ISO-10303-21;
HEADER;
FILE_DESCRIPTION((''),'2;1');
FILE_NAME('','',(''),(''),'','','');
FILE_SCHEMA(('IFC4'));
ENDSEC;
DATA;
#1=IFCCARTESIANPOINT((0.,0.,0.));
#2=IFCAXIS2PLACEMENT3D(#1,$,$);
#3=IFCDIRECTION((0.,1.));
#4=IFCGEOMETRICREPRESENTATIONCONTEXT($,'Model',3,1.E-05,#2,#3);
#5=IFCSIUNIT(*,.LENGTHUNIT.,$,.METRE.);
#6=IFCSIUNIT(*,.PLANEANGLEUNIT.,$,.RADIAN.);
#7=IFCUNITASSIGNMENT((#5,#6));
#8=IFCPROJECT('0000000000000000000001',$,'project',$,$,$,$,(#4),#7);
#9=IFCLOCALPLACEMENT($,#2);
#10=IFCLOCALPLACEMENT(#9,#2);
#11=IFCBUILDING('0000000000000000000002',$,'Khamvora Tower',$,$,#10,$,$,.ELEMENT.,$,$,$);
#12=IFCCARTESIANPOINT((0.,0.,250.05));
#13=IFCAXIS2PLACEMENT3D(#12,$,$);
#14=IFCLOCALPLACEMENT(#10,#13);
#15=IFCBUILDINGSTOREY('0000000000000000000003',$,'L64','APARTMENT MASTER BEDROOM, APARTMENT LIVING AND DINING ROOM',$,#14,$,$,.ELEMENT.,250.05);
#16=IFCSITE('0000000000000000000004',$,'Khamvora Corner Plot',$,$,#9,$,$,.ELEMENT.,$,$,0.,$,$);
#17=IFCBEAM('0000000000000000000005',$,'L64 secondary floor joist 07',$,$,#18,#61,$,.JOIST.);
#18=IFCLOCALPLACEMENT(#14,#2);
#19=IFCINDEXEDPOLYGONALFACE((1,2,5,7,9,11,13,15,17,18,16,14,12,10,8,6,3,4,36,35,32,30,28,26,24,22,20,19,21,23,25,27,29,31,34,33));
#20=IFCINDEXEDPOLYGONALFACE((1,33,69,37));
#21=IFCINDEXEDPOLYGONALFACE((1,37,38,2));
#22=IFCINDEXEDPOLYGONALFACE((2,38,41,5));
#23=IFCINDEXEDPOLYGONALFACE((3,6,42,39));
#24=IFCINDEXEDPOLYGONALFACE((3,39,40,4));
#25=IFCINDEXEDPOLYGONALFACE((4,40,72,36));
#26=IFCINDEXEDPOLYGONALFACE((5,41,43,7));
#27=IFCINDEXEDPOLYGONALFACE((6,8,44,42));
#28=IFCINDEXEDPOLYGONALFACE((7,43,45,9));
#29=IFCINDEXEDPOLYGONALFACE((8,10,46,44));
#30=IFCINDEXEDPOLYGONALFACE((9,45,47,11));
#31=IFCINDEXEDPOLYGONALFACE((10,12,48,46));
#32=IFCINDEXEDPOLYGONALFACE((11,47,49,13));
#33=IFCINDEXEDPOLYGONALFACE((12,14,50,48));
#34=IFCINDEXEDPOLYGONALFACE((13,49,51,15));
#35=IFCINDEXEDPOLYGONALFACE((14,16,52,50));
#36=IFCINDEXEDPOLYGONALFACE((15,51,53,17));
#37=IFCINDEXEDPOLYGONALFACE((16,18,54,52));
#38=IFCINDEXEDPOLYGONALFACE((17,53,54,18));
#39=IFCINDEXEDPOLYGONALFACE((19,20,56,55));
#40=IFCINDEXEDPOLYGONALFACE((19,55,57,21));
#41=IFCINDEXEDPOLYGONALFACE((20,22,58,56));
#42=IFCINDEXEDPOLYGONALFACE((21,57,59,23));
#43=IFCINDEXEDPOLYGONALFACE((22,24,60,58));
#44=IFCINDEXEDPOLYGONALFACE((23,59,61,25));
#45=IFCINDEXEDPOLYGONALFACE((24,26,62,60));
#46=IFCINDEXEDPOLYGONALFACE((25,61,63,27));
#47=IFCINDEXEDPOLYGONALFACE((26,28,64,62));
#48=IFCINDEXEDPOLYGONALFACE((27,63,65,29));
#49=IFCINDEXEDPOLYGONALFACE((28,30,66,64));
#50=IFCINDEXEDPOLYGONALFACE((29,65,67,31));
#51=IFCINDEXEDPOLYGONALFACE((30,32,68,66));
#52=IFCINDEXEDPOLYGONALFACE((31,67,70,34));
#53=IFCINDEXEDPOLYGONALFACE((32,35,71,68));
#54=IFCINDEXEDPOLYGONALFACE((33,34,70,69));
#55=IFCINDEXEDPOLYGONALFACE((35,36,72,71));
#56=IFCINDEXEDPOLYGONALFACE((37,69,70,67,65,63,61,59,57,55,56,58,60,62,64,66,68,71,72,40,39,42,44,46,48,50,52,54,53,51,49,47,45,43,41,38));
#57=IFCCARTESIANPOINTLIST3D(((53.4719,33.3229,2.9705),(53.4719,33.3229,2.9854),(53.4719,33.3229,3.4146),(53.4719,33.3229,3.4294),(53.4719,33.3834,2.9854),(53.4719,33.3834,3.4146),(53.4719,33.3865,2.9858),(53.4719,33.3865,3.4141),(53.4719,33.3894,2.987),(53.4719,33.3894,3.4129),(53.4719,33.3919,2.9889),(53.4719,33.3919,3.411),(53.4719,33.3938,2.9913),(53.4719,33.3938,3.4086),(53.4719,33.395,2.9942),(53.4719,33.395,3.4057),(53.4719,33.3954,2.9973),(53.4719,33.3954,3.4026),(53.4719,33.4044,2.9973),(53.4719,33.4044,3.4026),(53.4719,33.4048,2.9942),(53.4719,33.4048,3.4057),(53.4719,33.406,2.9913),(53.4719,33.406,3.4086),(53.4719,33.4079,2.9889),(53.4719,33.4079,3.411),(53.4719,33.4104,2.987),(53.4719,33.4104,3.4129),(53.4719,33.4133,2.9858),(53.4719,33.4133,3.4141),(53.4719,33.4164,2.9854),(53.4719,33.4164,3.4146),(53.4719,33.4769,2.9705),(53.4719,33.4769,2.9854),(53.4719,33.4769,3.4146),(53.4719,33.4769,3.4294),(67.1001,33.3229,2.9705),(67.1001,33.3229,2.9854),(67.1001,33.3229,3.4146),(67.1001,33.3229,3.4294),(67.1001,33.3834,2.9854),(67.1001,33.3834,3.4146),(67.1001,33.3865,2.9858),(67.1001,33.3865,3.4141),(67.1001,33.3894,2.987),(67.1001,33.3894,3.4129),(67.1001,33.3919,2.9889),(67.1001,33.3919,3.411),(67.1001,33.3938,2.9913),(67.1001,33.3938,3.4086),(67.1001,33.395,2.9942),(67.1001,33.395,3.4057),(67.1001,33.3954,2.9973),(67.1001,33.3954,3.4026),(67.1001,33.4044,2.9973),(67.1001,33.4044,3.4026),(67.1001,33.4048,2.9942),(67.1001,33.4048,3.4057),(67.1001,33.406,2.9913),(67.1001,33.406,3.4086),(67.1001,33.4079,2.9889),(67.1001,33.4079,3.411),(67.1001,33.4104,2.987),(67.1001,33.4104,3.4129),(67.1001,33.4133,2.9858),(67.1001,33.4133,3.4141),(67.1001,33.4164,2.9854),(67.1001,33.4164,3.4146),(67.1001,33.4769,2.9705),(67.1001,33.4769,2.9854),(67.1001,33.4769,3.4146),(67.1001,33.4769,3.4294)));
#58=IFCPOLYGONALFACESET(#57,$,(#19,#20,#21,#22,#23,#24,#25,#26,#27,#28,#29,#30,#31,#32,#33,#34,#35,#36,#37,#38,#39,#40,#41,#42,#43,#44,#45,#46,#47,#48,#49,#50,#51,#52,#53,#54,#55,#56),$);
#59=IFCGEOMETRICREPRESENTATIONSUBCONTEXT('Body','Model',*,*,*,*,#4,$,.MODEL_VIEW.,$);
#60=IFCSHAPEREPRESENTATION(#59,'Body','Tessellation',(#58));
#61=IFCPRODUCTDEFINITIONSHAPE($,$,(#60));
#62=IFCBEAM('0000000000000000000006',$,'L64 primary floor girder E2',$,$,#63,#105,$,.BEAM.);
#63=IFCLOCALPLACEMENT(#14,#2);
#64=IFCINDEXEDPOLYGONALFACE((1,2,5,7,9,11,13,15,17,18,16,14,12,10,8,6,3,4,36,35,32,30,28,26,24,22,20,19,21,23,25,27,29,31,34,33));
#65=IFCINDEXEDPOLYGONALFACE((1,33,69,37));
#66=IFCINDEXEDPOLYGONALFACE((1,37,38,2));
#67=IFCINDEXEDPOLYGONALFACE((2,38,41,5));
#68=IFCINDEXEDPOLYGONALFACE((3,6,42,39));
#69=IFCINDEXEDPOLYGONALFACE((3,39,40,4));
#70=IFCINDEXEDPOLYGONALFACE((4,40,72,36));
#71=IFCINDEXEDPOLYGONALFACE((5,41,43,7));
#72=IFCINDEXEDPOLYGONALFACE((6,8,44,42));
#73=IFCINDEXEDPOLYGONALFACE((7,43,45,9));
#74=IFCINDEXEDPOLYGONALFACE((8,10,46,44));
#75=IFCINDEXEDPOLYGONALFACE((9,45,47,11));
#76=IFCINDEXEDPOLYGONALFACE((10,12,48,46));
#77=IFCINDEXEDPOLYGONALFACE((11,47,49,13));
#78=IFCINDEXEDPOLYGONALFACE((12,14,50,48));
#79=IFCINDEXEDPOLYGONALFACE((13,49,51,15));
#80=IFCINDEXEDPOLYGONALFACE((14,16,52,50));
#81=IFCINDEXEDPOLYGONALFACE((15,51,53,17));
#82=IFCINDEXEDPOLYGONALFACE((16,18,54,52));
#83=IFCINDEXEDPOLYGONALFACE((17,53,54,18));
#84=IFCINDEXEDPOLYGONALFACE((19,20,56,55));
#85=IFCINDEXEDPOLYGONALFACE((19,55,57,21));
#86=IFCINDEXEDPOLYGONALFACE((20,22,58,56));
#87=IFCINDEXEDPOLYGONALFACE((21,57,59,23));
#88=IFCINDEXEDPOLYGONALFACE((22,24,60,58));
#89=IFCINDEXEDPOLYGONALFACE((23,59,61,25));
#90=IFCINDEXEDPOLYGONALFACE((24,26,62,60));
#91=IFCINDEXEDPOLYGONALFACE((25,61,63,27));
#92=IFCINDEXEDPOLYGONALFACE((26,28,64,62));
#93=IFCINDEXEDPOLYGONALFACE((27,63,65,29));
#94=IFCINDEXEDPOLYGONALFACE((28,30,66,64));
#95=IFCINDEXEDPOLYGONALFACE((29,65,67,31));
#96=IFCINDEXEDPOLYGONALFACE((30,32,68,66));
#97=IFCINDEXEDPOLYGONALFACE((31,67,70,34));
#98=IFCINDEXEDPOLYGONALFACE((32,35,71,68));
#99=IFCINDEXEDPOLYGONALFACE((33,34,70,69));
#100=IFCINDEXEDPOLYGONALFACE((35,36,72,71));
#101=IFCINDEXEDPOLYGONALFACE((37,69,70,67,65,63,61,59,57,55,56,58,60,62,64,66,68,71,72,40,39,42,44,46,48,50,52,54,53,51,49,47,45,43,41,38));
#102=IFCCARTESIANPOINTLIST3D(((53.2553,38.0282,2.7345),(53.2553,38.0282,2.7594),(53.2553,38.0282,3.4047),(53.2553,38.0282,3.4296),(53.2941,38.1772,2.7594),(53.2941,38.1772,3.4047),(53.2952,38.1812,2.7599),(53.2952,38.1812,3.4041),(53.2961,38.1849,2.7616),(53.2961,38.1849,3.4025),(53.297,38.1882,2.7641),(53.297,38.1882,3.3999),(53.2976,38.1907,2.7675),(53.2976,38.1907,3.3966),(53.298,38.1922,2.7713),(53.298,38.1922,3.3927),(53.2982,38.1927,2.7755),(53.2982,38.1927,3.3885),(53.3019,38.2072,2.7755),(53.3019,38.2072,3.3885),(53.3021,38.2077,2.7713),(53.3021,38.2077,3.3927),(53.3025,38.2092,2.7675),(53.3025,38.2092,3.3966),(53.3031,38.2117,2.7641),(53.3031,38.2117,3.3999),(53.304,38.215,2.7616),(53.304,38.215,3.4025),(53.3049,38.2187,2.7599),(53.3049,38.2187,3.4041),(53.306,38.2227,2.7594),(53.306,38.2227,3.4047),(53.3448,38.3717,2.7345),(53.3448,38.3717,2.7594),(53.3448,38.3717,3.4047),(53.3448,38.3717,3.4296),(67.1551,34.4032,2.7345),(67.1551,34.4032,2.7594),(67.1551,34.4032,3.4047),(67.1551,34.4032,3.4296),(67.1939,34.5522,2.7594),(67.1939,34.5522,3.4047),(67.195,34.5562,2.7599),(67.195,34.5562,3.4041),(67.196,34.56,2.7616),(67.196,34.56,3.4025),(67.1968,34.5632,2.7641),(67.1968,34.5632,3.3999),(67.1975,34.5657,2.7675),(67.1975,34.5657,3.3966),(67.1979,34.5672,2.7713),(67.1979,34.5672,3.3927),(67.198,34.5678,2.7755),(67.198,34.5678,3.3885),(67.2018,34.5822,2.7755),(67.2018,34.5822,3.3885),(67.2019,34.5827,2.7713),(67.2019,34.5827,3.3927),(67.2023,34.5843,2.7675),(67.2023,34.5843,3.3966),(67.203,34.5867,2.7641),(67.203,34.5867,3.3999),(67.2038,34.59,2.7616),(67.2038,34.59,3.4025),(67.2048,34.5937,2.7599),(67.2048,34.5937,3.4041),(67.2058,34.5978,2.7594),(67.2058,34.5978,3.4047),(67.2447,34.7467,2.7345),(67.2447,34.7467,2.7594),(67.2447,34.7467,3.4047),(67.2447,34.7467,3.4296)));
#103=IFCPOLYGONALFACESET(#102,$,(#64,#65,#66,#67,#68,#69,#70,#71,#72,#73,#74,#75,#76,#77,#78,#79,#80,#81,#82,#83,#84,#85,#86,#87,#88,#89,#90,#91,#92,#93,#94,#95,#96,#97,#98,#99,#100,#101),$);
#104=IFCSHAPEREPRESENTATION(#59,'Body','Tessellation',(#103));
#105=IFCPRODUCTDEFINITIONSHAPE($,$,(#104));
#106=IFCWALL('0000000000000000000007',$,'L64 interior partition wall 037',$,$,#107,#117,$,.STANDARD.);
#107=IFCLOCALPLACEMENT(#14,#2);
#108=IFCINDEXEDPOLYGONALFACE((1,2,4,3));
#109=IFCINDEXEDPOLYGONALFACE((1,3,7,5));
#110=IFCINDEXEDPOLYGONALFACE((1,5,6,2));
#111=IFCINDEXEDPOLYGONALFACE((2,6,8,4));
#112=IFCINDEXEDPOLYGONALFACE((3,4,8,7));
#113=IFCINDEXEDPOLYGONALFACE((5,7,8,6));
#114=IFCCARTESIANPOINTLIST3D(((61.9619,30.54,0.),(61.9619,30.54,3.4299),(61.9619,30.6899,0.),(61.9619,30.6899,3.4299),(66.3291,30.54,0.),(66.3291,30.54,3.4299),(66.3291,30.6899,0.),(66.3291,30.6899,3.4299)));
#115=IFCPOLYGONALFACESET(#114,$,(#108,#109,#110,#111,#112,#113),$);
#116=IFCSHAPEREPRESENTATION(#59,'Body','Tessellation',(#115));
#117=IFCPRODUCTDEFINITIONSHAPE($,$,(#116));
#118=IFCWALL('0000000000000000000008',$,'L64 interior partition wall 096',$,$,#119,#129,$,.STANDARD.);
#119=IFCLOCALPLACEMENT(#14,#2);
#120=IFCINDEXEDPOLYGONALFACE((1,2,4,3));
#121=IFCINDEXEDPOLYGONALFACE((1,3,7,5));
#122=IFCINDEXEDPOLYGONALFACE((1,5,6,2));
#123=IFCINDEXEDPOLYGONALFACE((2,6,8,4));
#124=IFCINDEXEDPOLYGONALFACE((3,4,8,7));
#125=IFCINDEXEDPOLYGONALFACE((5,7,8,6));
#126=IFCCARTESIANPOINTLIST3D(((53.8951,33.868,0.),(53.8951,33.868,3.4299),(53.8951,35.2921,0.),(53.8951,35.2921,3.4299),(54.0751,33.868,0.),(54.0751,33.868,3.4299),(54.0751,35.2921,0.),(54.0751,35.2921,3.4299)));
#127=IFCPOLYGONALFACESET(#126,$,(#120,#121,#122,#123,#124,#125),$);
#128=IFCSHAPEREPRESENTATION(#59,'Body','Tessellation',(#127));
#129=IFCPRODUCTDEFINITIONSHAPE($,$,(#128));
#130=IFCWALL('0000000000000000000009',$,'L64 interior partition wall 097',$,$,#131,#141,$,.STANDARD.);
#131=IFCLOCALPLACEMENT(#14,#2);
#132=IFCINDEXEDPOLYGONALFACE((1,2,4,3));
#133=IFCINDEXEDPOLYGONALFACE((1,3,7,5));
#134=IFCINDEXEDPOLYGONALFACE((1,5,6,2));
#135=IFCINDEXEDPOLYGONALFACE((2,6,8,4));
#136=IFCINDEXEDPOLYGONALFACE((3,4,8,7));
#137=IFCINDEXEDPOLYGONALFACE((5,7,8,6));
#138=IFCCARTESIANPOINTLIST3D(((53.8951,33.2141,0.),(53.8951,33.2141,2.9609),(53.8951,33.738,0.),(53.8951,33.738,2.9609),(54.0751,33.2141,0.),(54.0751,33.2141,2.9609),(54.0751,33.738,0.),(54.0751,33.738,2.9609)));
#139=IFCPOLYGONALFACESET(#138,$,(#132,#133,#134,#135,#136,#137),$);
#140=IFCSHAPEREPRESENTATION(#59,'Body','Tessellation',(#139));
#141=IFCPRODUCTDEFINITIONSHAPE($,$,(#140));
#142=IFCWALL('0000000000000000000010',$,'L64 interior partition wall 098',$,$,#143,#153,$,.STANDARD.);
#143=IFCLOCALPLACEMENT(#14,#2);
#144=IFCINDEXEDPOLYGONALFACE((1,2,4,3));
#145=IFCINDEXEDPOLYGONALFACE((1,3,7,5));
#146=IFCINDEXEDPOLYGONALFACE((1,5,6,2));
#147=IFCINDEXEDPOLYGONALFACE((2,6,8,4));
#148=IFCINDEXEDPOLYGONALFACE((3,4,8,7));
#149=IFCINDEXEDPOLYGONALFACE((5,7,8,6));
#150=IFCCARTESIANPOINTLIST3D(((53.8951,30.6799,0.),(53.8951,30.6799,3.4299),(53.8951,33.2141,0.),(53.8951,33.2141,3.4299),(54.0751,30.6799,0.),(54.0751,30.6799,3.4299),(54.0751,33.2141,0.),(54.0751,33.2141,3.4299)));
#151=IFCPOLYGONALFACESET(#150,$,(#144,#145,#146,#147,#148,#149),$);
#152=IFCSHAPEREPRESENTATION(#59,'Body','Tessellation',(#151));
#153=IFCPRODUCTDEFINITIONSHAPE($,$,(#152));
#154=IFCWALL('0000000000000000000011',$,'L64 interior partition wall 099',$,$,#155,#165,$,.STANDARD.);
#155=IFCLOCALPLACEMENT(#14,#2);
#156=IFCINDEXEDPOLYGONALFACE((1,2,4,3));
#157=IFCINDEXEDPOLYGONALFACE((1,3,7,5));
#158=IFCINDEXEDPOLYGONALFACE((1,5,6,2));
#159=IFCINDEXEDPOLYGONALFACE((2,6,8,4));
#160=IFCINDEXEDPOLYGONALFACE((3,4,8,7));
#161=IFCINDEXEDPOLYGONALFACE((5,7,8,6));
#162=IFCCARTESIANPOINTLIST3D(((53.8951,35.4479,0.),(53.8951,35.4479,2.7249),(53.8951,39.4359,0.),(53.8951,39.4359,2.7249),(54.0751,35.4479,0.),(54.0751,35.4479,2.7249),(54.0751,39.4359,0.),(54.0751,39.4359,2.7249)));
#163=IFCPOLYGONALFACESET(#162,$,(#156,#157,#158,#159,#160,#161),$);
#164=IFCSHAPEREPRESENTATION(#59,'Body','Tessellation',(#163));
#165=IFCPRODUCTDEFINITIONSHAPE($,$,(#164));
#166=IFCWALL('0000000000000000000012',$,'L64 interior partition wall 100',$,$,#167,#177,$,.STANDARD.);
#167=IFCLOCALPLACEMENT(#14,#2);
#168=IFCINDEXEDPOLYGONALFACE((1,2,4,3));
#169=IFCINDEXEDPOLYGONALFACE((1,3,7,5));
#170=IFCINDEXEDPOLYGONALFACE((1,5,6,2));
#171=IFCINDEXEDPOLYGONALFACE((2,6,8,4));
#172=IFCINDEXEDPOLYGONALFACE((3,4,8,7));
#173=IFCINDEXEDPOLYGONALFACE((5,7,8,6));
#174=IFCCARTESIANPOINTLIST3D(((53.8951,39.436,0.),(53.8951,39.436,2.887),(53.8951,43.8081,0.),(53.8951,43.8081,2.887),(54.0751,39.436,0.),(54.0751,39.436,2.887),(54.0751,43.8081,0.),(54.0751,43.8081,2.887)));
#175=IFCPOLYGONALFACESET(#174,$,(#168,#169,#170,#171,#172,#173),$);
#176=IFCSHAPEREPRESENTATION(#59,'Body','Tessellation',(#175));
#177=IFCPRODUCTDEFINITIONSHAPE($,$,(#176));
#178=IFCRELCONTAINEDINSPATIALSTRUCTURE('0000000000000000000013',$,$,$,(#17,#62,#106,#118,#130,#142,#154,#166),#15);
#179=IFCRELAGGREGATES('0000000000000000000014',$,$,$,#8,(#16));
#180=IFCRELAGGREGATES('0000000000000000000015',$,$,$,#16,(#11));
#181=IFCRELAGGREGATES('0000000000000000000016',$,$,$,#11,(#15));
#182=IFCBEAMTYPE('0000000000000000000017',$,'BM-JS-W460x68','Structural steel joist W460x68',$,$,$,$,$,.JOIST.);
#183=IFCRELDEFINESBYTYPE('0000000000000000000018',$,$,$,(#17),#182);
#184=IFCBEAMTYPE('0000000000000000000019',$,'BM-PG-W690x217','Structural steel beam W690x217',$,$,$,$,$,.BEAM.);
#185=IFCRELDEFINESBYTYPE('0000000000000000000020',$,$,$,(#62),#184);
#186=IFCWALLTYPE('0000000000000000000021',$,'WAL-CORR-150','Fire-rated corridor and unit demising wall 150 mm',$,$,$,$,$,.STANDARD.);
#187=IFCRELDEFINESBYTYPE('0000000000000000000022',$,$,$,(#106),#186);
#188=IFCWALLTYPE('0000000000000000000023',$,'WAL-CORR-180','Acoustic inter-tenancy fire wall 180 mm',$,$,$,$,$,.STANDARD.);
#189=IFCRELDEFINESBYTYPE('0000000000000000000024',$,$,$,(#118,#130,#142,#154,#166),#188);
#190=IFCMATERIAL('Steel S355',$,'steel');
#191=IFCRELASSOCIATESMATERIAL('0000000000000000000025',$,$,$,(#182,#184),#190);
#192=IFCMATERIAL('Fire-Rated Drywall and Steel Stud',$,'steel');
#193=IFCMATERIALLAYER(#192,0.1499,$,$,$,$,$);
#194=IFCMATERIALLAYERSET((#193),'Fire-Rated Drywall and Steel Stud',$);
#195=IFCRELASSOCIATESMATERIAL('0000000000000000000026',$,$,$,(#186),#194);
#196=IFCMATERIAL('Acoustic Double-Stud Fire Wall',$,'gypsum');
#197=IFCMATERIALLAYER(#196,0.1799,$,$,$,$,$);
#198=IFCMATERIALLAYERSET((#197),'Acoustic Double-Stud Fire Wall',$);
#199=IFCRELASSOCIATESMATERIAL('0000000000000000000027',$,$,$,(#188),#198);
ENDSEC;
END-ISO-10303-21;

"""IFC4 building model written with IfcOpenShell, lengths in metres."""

from ifc_helpers import new_model, si_unit, direction, frame, frame_2d, origin, origin_2d, place, context, subcontext, project, spatial, rectangle, i_section, extrude, material, layer, layer_set, material_profile, profile_set, type_object, element, save


model = new_model("IFC4")

# Units and contexts
model_context = context("Model", 3, precision=1e-05, world=origin(), true_north=direction((0.0, 1.0)))
body_context = subcontext(model_context, "Body", "Model", "MODEL_VIEW")
ifc_project = project(units=[si_unit("LENGTHUNIT", "METRE"), si_unit("PLANEANGLEUNIT", "RADIAN")], contexts=[model_context])

# Site, building, storey
site_placement = place(None, origin())
site = spatial("IfcSite", under=ifc_project, at=site_placement, Name="Khamvora Corner Plot", CompositionType="ELEMENT", RefElevation=0.0)
building_placement = place(site_placement, origin())
building = spatial("IfcBuilding", under=site, at=building_placement, Name="Khamvora Tower", CompositionType="ELEMENT")
storey_placement = place(building_placement, frame((0.0, 0.0, 250.05)))
storey = spatial("IfcBuildingStorey", under=building, at=storey_placement, Name="L64", Description="APARTMENT MASTER BEDROOM, APARTMENT LIVING AND DINING ROOM", CompositionType="ELEMENT", Elevation=250.05)

# Beams
ifc_material_1 = material(Name="Steel S355", Category="steel")
ifc_material_profile_1 = material_profile(ifc_material_1, i_section(OverallWidth=0.1541, OverallDepth=0.459, WebThickness=0.009, FlangeThickness=0.0149, FilletRadius=0.012, at=origin_2d()), Name="W460x68")
ifc_profile_set_1 = profile_set([ifc_material_profile_1], Name="Steel S355")
beam_type_1 = type_object("IfcBeamType", Name="BM-JS-W460x68", Description="Structural steel joist W460x68", PredefinedType="JOIST", material=ifc_profile_set_1)
beam_1_placement = place(storey_placement, frame((53.4719, 33.3999, 3.2), z_axis=(1.0, 0.0, 0.0), x_axis=(0.0, 1.0, 0.0)))
element("IfcBeam", 1, at=beam_1_placement, inside=storey, type_object=beam_type_1, Name="L64 secondary floor joist 07", PredefinedType="JOIST", context=body_context, shape_type="SweptSolid", body=[
    extrude(i_section(OverallWidth=0.1541, OverallDepth=0.459, WebThickness=0.009, FlangeThickness=0.0149, FilletRadius=0.012, at=origin_2d()), origin(), (0.0, 0.0, 1.0), 13.6282),
])
ifc_material_profile_2 = material_profile(ifc_material_1, i_section(OverallWidth=0.355, OverallDepth=0.6951, WebThickness=0.0149, FlangeThickness=0.0249, FilletRadius=0.0161, at=origin_2d()), Name="W690x217")
ifc_profile_set_2 = profile_set([ifc_material_profile_2], Name="Steel S355")
beam_type_2 = type_object("IfcBeamType", Name="BM-PG-W690x217", Description="Structural steel beam W690x217", PredefinedType="BEAM", material=ifc_profile_set_2)
beam_2_placement = place(storey_placement, frame((53.3, 38.2, 3.082), z_axis=(0.967635, -0.252353, 0.0), x_axis=(0.252353, 0.967635, 0.0)))
element("IfcBeam", 2, at=beam_2_placement, inside=storey, type_object=beam_type_2, Name="L64 primary floor girder E2", PredefinedType="BEAM", context=body_context, shape_type="SweptSolid", body=[
    extrude(i_section(OverallWidth=0.355, OverallDepth=0.6951, WebThickness=0.0149, FlangeThickness=0.0249, FilletRadius=0.0161, at=origin_2d()), origin(), (0.0, 0.0, 1.0), 14.3647),
])

# Shared definitions
ifc_material_2 = material(Name="Fire-Rated Drywall and Steel Stud", Category="steel")
ifc_layer_1 = layer(ifc_material_2, 0.1499)
ifc_layer_set_1 = layer_set([ifc_layer_1], Name="Fire-Rated Drywall and Steel Stud")
wall_type_1 = type_object("IfcWallType", Name="WAL-CORR-150", Description="Fire-rated corridor and unit demising wall 150 mm", PredefinedType="STANDARD", material=ifc_layer_set_1)

# Walls
wall_1_placement = place(storey_placement, frame((61.9619, 30.615, 0.0), z_axis=(0.0, 0.0, 1.0), x_axis=(1.0, 0.0, 0.0)))
element("IfcWall", 3, at=wall_1_placement, inside=storey, type_object=wall_type_1, Name="L64 interior partition wall 037", PredefinedType="STANDARD", context=body_context, shape_type="SweptSolid", body=[
    extrude(rectangle(XDim=4.3672, YDim=0.1499, at=frame_2d((2.1836, 0.0))), origin(), (0.0, 0.0, 1.0), 3.4299),
])
ifc_material_3 = material(Name="Acoustic Double-Stud Fire Wall", Category="gypsum")
ifc_layer_2 = layer(ifc_material_3, 0.1799)
ifc_layer_set_2 = layer_set([ifc_layer_2], Name="Acoustic Double-Stud Fire Wall")
wall_type_2 = type_object("IfcWallType", Name="WAL-CORR-180", Description="Acoustic inter-tenancy fire wall 180 mm", PredefinedType="STANDARD", material=ifc_layer_set_2)
wall_2_placement = place(storey_placement, frame((53.9851, 35.292, 0.0), z_axis=(0.0, 0.0, 1.0), x_axis=(0.0, -1.0, 0.0)))
element("IfcWall", 4, at=wall_2_placement, inside=storey, type_object=wall_type_2, Name="L64 interior partition wall 096", PredefinedType="STANDARD", context=body_context, shape_type="SweptSolid", body=[
    extrude(rectangle(XDim=1.4241, YDim=0.1799, at=frame_2d((0.7119, 0.0))), origin(), (0.0, 0.0, 1.0), 3.4299),
])
wall_3_placement = place(storey_placement, frame((53.9851, 33.738, 0.0), z_axis=(0.0, 0.0, 1.0), x_axis=(0.0, -1.0, 0.0)))
element("IfcWall", 5, at=wall_3_placement, inside=storey, type_object=wall_type_2, Name="L64 interior partition wall 097", PredefinedType="STANDARD", context=body_context, shape_type="SweptSolid", body=[
    extrude(rectangle(XDim=0.5239, YDim=0.1799, at=frame_2d((0.262, 0.0))), origin(), (0.0, 0.0, 1.0), 2.9609),
])
wall_4_placement = place(storey_placement, frame((53.9851, 33.2141, 0.0), z_axis=(0.0, 0.0, 1.0), x_axis=(0.0, -1.0, 0.0)))
element("IfcWall", 6, at=wall_4_placement, inside=storey, type_object=wall_type_2, Name="L64 interior partition wall 098", PredefinedType="STANDARD", context=body_context, shape_type="SweptSolid", body=[
    extrude(rectangle(XDim=2.5342, YDim=0.1799, at=frame_2d((1.2671, 0.0))), origin(), (0.0, 0.0, 1.0), 3.4299),
])
wall_5_placement = place(storey_placement, frame((53.9851, 39.436, 0.0), z_axis=(0.0, 0.0, 1.0), x_axis=(0.0, -1.0, 0.0)))
element("IfcWall", 7, at=wall_5_placement, inside=storey, type_object=wall_type_2, Name="L64 interior partition wall 099", PredefinedType="STANDARD", context=body_context, shape_type="SweptSolid", body=[
    extrude(rectangle(XDim=3.988, YDim=0.1799, at=frame_2d((1.9941, 0.0))), origin(), (0.0, 0.0, 1.0), 2.7249),
])
wall_6_placement = place(storey_placement, frame((53.9851, 43.8081, 0.0), z_axis=(0.0, 0.0, 1.0), x_axis=(0.0, -1.0, 0.0)))
element("IfcWall", 8, at=wall_6_placement, inside=storey, type_object=wall_type_2, Name="L64 interior partition wall 100", PredefinedType="STANDARD", context=body_context, shape_type="SweptSolid", body=[
    extrude(rectangle(XDim=4.3721, YDim=0.1799, at=frame_2d((2.186, 0.0))), origin(), (0.0, 0.0, 1.0), 2.887),
])

save(model, "model.ifc")
